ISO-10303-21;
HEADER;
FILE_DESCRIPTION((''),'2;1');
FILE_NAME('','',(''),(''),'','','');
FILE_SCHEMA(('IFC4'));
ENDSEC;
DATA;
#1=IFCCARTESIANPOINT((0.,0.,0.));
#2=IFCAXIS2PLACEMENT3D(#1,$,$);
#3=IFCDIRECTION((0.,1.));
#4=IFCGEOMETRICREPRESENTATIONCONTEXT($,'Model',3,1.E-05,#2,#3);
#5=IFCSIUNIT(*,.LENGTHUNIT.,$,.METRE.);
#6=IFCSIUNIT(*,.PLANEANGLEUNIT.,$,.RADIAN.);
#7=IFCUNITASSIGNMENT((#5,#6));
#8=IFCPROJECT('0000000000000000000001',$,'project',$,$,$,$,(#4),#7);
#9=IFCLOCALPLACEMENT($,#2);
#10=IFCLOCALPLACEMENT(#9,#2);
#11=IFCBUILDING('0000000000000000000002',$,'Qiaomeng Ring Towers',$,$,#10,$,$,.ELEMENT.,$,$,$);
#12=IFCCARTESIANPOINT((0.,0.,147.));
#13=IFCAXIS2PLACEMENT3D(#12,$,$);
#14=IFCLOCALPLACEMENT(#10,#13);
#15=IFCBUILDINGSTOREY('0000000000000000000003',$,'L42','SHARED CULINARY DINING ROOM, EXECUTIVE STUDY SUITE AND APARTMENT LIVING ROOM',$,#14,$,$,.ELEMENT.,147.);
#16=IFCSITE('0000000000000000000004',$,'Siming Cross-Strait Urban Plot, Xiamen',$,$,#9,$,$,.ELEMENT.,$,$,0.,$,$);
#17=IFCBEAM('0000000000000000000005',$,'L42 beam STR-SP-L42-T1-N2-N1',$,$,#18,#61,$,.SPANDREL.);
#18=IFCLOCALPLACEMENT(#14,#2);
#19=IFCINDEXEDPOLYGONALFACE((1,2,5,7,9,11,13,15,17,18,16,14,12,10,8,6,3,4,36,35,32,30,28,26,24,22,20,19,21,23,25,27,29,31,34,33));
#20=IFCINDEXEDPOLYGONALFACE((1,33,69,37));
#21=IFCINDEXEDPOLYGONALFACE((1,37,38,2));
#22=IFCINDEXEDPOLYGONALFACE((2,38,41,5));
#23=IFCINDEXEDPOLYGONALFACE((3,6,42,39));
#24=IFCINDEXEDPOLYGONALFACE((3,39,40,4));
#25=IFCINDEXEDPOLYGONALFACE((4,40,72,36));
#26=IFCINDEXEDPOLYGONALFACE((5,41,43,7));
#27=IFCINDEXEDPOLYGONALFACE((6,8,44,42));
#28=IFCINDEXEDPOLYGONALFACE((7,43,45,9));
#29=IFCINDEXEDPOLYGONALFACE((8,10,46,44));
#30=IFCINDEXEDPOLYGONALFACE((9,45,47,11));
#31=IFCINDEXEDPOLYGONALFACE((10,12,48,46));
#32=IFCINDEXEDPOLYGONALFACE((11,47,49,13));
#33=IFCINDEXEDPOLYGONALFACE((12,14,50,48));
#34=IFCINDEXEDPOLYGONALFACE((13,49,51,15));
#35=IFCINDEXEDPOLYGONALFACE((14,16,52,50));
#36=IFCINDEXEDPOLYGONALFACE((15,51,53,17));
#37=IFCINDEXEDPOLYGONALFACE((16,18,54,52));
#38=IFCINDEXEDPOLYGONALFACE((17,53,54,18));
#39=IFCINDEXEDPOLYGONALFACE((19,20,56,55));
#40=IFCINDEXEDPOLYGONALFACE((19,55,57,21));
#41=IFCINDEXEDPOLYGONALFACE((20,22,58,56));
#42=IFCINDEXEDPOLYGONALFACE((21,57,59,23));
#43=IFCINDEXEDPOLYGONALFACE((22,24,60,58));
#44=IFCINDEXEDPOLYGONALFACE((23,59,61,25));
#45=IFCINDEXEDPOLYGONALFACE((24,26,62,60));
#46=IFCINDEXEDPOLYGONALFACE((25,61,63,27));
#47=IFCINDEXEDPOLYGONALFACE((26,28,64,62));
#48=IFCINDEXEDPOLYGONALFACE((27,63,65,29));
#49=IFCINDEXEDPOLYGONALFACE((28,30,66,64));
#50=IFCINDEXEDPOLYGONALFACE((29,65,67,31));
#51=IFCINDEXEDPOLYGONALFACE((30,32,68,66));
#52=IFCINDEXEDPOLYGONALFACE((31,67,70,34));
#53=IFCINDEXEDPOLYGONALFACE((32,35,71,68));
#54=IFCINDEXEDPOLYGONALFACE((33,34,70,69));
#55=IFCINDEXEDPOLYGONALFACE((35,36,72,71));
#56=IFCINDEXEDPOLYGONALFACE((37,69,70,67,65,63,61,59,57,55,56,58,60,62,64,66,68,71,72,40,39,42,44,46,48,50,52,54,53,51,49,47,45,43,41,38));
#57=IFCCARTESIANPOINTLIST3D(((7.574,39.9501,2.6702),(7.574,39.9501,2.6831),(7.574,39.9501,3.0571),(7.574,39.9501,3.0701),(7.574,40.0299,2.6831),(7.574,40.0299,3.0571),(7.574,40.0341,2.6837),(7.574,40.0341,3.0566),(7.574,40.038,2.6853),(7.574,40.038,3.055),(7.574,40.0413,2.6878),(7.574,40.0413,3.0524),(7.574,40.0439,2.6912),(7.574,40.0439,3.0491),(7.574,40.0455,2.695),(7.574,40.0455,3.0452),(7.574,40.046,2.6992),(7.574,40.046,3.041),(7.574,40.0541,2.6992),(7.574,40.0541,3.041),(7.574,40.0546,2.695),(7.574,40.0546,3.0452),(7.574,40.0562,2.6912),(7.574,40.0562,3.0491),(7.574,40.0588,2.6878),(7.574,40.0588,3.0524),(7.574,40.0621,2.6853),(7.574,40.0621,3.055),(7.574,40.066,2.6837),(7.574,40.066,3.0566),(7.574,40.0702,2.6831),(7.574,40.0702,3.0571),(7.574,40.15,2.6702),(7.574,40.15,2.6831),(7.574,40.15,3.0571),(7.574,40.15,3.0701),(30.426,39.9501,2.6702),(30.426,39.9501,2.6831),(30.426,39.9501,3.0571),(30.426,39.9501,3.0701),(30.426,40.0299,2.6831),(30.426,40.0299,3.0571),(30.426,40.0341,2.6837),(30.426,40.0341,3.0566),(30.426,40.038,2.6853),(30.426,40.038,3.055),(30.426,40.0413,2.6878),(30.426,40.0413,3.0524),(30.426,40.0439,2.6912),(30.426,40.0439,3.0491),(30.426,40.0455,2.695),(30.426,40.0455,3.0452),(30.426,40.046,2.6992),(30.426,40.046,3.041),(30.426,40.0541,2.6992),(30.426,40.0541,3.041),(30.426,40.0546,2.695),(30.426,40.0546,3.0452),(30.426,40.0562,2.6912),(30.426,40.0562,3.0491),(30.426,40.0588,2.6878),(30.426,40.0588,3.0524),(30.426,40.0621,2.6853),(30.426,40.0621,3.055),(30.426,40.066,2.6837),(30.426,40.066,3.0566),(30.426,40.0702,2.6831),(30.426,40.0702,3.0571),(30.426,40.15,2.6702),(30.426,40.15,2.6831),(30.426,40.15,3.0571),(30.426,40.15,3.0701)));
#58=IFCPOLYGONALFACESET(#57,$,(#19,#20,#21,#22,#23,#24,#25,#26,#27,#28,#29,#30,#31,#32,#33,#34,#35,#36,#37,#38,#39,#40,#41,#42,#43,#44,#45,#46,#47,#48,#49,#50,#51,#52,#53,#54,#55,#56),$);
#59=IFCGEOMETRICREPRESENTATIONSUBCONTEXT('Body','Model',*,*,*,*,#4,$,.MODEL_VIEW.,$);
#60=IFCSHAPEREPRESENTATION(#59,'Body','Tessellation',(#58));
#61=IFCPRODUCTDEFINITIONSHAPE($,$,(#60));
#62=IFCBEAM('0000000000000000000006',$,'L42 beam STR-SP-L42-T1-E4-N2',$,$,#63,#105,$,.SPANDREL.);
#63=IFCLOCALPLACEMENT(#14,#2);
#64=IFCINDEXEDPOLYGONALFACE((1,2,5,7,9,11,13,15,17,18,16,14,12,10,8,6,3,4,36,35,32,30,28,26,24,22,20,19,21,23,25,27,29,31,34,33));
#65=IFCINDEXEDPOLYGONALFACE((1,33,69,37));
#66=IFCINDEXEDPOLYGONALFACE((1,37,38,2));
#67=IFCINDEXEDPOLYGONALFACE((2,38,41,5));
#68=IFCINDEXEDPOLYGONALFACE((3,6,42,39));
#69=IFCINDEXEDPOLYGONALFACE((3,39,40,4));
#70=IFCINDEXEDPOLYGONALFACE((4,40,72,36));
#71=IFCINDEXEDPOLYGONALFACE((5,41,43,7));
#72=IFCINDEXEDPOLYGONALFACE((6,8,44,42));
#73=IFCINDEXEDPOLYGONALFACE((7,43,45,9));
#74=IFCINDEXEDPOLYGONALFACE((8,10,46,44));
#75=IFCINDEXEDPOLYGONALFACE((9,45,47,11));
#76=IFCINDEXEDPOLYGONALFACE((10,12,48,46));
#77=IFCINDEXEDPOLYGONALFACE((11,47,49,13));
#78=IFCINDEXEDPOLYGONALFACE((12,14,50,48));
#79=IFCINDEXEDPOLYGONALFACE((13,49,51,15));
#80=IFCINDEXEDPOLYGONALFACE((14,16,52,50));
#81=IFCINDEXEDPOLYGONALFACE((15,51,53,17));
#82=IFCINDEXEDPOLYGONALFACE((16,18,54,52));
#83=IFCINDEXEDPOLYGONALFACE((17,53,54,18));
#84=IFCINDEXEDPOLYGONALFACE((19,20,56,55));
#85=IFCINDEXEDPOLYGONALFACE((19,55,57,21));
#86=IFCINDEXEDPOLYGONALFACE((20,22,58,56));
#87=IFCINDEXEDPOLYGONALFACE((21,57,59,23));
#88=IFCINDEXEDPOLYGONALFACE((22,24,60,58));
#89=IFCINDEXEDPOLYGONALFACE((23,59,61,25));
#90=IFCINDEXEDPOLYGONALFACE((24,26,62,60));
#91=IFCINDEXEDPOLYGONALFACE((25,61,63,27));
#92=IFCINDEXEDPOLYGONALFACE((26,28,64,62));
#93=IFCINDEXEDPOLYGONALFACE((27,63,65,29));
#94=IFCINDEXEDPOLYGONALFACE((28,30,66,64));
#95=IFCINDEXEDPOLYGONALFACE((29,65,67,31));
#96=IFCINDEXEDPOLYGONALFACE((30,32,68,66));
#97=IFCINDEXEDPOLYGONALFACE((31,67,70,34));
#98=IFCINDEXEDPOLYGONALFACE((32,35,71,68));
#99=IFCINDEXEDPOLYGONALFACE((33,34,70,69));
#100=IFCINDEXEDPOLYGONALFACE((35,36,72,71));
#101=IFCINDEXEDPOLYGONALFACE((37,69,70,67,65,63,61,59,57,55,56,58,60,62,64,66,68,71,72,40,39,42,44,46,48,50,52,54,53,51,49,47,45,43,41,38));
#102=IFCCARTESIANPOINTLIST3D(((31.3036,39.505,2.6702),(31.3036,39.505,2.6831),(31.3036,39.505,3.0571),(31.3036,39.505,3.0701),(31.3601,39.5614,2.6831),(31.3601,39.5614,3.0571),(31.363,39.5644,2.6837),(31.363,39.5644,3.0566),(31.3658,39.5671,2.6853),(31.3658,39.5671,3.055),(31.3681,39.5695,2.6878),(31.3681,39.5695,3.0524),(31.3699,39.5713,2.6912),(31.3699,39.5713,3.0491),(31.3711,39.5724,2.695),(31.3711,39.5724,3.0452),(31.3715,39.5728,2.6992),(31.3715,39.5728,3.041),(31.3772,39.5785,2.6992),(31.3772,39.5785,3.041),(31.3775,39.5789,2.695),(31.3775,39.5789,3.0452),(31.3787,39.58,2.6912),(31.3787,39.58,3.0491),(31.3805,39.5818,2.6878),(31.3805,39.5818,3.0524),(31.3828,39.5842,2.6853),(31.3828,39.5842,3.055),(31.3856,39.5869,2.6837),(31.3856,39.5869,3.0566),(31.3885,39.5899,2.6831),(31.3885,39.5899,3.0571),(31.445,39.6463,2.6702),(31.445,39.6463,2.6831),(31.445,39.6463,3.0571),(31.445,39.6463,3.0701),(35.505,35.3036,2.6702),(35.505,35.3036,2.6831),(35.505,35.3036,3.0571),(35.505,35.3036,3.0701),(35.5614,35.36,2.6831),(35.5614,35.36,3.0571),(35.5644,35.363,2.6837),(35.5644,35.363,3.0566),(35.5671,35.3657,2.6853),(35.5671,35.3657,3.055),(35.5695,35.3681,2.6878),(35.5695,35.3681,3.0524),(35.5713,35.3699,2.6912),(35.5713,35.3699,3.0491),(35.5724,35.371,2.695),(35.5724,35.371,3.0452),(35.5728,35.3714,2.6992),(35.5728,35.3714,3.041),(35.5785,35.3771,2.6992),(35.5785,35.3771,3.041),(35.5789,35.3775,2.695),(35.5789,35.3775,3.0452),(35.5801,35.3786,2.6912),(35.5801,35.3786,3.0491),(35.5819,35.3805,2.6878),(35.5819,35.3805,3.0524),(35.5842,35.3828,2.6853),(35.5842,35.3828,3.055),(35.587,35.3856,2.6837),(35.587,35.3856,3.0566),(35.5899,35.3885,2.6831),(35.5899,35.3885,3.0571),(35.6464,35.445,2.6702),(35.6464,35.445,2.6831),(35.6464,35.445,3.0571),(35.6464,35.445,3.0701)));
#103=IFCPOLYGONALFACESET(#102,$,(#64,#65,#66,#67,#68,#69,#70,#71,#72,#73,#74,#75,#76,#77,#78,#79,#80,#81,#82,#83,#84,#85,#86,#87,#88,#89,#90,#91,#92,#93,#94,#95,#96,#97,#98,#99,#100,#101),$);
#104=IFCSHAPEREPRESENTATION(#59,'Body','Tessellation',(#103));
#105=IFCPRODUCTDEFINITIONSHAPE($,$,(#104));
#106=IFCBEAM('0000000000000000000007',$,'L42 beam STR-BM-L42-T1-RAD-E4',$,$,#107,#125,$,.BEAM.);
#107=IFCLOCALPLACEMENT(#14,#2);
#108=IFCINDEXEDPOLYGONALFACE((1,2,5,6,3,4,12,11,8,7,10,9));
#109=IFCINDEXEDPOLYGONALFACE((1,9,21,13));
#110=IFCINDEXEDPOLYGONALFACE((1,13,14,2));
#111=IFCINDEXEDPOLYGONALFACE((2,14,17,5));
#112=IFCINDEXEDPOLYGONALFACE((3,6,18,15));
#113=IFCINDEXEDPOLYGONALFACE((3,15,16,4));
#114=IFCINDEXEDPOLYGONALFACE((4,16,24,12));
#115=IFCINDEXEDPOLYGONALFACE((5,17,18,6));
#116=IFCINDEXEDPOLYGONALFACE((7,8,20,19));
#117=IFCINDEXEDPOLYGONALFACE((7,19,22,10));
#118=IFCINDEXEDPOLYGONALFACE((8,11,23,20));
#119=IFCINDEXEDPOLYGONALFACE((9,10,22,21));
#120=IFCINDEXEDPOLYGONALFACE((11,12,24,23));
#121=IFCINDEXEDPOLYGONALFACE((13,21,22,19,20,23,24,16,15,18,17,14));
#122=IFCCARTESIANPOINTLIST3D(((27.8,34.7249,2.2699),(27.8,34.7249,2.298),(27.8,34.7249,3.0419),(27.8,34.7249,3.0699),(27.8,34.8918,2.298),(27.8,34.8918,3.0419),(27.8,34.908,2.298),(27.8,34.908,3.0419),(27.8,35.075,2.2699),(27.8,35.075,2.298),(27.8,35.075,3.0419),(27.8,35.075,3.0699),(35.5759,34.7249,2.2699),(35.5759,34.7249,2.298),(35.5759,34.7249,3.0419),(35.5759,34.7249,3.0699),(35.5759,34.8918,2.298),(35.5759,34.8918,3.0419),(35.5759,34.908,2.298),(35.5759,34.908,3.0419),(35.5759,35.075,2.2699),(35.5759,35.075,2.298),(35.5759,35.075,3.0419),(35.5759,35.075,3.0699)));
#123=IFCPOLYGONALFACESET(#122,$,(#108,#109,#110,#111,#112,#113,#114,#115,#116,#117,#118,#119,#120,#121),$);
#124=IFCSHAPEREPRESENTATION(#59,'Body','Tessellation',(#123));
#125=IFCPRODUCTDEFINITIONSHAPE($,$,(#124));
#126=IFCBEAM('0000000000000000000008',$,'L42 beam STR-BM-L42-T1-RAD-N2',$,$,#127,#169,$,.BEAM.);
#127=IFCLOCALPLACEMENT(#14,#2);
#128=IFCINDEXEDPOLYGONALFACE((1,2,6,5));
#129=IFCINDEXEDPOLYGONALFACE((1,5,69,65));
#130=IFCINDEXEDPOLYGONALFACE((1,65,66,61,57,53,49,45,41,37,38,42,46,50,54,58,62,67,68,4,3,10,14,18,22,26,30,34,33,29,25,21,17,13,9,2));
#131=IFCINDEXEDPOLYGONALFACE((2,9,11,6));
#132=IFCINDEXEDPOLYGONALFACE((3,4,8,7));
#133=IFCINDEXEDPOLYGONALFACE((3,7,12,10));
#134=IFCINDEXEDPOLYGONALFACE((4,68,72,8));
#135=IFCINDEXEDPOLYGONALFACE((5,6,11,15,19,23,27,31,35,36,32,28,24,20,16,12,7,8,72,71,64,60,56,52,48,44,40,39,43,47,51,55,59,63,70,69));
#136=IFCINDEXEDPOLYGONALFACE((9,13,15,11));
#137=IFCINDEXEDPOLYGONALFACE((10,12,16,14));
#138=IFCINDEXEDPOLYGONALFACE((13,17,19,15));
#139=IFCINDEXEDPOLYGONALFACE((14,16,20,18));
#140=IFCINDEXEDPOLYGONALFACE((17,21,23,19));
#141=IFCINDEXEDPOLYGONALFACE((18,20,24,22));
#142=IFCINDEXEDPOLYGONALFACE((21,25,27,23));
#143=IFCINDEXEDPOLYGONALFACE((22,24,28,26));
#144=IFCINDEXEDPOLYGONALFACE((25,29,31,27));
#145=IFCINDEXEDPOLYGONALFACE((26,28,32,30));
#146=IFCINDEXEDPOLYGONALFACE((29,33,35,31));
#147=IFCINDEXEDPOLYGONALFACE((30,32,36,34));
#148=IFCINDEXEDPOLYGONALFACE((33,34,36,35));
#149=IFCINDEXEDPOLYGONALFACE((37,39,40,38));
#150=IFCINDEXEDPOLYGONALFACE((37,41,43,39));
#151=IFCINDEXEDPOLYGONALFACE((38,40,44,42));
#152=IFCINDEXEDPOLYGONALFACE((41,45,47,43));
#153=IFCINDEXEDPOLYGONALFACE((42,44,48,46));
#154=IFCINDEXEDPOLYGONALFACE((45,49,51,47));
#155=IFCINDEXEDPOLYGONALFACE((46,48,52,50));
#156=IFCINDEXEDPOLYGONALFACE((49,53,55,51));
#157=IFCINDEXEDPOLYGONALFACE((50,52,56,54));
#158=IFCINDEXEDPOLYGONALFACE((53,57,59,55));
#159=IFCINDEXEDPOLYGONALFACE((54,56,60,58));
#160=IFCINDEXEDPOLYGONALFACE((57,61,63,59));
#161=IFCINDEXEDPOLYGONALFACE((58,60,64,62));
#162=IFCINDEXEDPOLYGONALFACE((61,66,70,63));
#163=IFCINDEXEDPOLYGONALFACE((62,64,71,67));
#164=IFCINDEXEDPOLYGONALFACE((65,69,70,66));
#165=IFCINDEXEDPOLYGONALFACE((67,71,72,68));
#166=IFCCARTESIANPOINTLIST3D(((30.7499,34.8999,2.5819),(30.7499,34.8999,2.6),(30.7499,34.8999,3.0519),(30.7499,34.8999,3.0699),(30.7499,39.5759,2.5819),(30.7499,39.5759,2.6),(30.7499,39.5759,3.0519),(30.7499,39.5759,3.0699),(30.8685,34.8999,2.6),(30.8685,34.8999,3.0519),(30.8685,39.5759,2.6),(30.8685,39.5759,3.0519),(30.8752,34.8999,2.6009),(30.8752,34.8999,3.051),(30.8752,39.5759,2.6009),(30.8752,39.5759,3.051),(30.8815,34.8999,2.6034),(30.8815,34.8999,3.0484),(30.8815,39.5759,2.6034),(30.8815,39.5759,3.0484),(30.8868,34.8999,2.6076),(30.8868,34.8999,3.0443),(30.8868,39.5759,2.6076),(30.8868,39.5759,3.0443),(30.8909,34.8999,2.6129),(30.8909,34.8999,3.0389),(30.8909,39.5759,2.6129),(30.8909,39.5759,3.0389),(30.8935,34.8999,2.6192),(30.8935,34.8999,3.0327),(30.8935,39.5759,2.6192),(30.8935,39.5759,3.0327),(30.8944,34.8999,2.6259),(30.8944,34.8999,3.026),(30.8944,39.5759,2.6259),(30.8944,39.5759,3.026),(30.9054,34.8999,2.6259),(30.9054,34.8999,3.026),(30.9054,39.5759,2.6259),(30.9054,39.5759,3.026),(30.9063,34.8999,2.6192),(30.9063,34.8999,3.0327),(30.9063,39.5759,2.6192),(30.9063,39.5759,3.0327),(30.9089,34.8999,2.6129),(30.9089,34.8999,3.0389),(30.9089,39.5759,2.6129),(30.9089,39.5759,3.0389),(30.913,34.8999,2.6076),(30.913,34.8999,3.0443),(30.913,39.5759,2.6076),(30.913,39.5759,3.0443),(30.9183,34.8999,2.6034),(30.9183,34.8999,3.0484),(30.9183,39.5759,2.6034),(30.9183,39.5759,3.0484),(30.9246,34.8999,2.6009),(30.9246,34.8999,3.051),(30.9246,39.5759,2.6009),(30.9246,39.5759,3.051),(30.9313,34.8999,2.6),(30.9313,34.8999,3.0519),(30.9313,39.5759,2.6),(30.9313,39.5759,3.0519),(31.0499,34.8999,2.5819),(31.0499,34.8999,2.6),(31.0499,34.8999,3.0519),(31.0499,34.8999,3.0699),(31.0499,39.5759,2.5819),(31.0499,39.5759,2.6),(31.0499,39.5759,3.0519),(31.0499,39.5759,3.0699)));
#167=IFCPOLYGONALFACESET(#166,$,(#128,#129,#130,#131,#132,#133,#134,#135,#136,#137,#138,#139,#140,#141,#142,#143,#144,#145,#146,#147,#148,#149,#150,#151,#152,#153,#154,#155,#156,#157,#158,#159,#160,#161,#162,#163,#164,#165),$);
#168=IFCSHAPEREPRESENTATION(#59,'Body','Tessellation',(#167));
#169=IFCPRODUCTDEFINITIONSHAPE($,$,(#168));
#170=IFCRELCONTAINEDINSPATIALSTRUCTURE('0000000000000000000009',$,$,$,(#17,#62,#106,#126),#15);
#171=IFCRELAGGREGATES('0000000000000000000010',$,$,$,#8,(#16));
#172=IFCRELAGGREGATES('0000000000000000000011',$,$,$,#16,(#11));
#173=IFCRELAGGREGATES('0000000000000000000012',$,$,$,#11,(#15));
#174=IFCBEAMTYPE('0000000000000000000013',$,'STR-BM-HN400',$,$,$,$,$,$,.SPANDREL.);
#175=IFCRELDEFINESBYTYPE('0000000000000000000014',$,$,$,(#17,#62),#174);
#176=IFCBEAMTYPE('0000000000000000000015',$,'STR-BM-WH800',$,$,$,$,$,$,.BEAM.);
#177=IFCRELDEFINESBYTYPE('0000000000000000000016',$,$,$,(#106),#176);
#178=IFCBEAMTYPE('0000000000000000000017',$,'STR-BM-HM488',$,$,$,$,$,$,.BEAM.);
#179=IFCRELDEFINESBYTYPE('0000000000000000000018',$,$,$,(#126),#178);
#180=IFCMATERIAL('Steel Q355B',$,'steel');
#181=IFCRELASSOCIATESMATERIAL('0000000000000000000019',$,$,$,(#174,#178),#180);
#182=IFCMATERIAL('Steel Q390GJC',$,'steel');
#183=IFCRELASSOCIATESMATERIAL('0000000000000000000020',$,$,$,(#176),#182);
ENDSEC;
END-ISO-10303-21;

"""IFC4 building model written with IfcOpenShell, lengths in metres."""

from ifc_helpers import new_model, si_unit, direction, frame, origin, origin_2d, place, context, subcontext, project, spatial, i_section, extrude, source, transform, mapped, material, material_profile, profile_set, type_object, element, save


model = new_model("IFC4")

# Units and contexts
model_context = context("Model", 3, precision=1e-05, world=origin(), true_north=direction((0.0, 1.0)))
body_context = subcontext(model_context, "Body", "Model", "MODEL_VIEW")
ifc_project = project(units=[si_unit("LENGTHUNIT", "METRE"), si_unit("PLANEANGLEUNIT", "RADIAN")], contexts=[model_context])

# Site, building, storey
site_placement = place(None, origin())
site = spatial("IfcSite", under=ifc_project, at=site_placement, Name="Siming Cross-Strait Urban Plot, Xiamen", CompositionType="ELEMENT", RefElevation=0.0)
building_placement = place(site_placement, origin())
building = spatial("IfcBuilding", under=site, at=building_placement, Name="Qiaomeng Ring Towers", CompositionType="ELEMENT")
storey_placement = place(building_placement, frame((0.0, 0.0, 147.0)))
storey = spatial("IfcBuildingStorey", under=building, at=storey_placement, Name="L42", Description="SHARED CULINARY DINING ROOM, EXECUTIVE STUDY SUITE AND APARTMENT LIVING ROOM", CompositionType="ELEMENT", Elevation=147.0)

# Beams
ifc_material_1 = material(Name="Steel Q355B", Category="steel")
ifc_material_profile_1 = material_profile(ifc_material_1, i_section(OverallWidth=0.2, OverallDepth=0.3999, WebThickness=0.0081, FlangeThickness=0.0129, FilletRadius=0.0161, at=origin_2d()), Name="HN 400x200x8x13")
ifc_profile_set_1 = profile_set([ifc_material_profile_1], Name="Steel Q355B")
beam_type_1 = type_object("IfcBeamType", Name="STR-BM-HN400", PredefinedType="SPANDREL", material=ifc_profile_set_1)
shared_shape_1 = source(origin(), body_context, "Body", "SweptSolid", [
    extrude(i_section(OverallWidth=0.2, OverallDepth=0.3999, WebThickness=0.0081, FlangeThickness=0.0129, FilletRadius=0.0161, at=origin_2d()), origin(), (0.0, 0.0, 1.0), 22.8521),
])
beam_1_placement = place(storey_placement, frame((30.426, 40.05, 2.8701), z_axis=(-1.0, 0.0, 0.0), x_axis=(0.0, -1.0, 0.0)))
element("IfcBeam", 1, at=beam_1_placement, inside=storey, type_object=beam_type_1, Name="L42 beam STR-SP-L42-T1-N2-N1", PredefinedType="SPANDREL", context=body_context, shape_type="MappedRepresentation", body=[
    mapped(shared_shape_1, transform((0.0, 0.0, 0.0), x_axis=(1.0, 0.0, 0.0), y_axis=(0.0, 1.0, 0.0), z_axis=(0.0, 0.0, 1.0), scale=1.0)),
])
shared_shape_2 = source(origin(), body_context, "Body", "SweptSolid", [
    extrude(i_section(OverallWidth=0.2, OverallDepth=0.3999, WebThickness=0.0081, FlangeThickness=0.0129, FilletRadius=0.0161, at=origin_2d()), origin(), (0.0, 0.0, 1.0), 5.9417),
])
beam_2_placement = place(storey_placement, frame((35.5757, 35.3743, 2.8701), z_axis=(-0.707107, 0.707107, 0.0), x_axis=(-0.707107, -0.707107, 0.0)))
element("IfcBeam", 2, at=beam_2_placement, inside=storey, type_object=beam_type_1, Name="L42 beam STR-SP-L42-T1-E4-N2", PredefinedType="SPANDREL", context=body_context, shape_type="MappedRepresentation", body=[
    mapped(shared_shape_2, transform((0.0, 0.0, 0.0), x_axis=(1.0, 0.0, 0.0), y_axis=(0.0, 1.0, 0.0), z_axis=(0.0, 0.0, 1.0), scale=1.0)),
])
ifc_material_2 = material(Name="Steel Q390GJC", Category="steel")
ifc_material_profile_2 = material_profile(ifc_material_2, i_section(OverallWidth=0.3501, OverallDepth=0.8, WebThickness=0.0161, FlangeThickness=0.0281, at=origin_2d()), Name="WH 800x350x16x28")
ifc_profile_set_2 = profile_set([ifc_material_profile_2], Name="Steel Q390GJC")
beam_type_2 = type_object("IfcBeamType", Name="STR-BM-WH800", PredefinedType="BEAM", material=ifc_profile_set_2)
shared_shape_3 = source(origin(), body_context, "Body", "SweptSolid", [
    extrude(i_section(OverallWidth=0.3501, OverallDepth=0.8, WebThickness=0.0161, FlangeThickness=0.0281, at=origin_2d()), origin(), (0.0, 0.0, 1.0), 7.7759),
])
beam_3_placement = place(storey_placement, frame((27.8, 34.8999, 2.6699), z_axis=(1.0, 0.0, 0.0), x_axis=(0.0, 1.0, 0.0)))
element("IfcBeam", 3, at=beam_3_placement, inside=storey, type_object=beam_type_2, Name="L42 beam STR-BM-L42-T1-RAD-E4", PredefinedType="BEAM", context=body_context, shape_type="MappedRepresentation", body=[
    mapped(shared_shape_3, transform((0.0, 0.0, 0.0), x_axis=(1.0, 0.0, 0.0), y_axis=(0.0, 1.0, 0.0), z_axis=(0.0, 0.0, 1.0), scale=1.0)),
])
ifc_material_profile_3 = material_profile(ifc_material_1, i_section(OverallWidth=0.3, OverallDepth=0.488, WebThickness=0.011, FlangeThickness=0.0181, FilletRadius=0.0259, at=origin_2d()), Name="HM 488x300x11x18")
ifc_profile_set_3 = profile_set([ifc_material_profile_3], Name="Steel Q355B")
beam_type_3 = type_object("IfcBeamType", Name="STR-BM-HM488", PredefinedType="BEAM", material=ifc_profile_set_3)
shared_shape_4 = source(origin(), body_context, "Body", "SweptSolid", [
    extrude(i_section(OverallWidth=0.3, OverallDepth=0.488, WebThickness=0.011, FlangeThickness=0.0181, FilletRadius=0.0259, at=origin_2d()), origin(), (0.0, 0.0, 1.0), 4.676),
])
beam_4_placement = place(storey_placement, frame((30.8999, 39.5759, 2.8259), z_axis=(0.0, -1.0, 0.0), x_axis=(1.0, 0.0, 0.0)))
element("IfcBeam", 4, at=beam_4_placement, inside=storey, type_object=beam_type_3, Name="L42 beam STR-BM-L42-T1-RAD-N2", PredefinedType="BEAM", context=body_context, shape_type="MappedRepresentation", body=[
    mapped(shared_shape_4, transform((0.0, 0.0, 0.0), x_axis=(1.0, 0.0, 0.0), y_axis=(0.0, 1.0, 0.0), z_axis=(0.0, 0.0, 1.0), scale=1.0)),
])

save(model, "model.ifc")
